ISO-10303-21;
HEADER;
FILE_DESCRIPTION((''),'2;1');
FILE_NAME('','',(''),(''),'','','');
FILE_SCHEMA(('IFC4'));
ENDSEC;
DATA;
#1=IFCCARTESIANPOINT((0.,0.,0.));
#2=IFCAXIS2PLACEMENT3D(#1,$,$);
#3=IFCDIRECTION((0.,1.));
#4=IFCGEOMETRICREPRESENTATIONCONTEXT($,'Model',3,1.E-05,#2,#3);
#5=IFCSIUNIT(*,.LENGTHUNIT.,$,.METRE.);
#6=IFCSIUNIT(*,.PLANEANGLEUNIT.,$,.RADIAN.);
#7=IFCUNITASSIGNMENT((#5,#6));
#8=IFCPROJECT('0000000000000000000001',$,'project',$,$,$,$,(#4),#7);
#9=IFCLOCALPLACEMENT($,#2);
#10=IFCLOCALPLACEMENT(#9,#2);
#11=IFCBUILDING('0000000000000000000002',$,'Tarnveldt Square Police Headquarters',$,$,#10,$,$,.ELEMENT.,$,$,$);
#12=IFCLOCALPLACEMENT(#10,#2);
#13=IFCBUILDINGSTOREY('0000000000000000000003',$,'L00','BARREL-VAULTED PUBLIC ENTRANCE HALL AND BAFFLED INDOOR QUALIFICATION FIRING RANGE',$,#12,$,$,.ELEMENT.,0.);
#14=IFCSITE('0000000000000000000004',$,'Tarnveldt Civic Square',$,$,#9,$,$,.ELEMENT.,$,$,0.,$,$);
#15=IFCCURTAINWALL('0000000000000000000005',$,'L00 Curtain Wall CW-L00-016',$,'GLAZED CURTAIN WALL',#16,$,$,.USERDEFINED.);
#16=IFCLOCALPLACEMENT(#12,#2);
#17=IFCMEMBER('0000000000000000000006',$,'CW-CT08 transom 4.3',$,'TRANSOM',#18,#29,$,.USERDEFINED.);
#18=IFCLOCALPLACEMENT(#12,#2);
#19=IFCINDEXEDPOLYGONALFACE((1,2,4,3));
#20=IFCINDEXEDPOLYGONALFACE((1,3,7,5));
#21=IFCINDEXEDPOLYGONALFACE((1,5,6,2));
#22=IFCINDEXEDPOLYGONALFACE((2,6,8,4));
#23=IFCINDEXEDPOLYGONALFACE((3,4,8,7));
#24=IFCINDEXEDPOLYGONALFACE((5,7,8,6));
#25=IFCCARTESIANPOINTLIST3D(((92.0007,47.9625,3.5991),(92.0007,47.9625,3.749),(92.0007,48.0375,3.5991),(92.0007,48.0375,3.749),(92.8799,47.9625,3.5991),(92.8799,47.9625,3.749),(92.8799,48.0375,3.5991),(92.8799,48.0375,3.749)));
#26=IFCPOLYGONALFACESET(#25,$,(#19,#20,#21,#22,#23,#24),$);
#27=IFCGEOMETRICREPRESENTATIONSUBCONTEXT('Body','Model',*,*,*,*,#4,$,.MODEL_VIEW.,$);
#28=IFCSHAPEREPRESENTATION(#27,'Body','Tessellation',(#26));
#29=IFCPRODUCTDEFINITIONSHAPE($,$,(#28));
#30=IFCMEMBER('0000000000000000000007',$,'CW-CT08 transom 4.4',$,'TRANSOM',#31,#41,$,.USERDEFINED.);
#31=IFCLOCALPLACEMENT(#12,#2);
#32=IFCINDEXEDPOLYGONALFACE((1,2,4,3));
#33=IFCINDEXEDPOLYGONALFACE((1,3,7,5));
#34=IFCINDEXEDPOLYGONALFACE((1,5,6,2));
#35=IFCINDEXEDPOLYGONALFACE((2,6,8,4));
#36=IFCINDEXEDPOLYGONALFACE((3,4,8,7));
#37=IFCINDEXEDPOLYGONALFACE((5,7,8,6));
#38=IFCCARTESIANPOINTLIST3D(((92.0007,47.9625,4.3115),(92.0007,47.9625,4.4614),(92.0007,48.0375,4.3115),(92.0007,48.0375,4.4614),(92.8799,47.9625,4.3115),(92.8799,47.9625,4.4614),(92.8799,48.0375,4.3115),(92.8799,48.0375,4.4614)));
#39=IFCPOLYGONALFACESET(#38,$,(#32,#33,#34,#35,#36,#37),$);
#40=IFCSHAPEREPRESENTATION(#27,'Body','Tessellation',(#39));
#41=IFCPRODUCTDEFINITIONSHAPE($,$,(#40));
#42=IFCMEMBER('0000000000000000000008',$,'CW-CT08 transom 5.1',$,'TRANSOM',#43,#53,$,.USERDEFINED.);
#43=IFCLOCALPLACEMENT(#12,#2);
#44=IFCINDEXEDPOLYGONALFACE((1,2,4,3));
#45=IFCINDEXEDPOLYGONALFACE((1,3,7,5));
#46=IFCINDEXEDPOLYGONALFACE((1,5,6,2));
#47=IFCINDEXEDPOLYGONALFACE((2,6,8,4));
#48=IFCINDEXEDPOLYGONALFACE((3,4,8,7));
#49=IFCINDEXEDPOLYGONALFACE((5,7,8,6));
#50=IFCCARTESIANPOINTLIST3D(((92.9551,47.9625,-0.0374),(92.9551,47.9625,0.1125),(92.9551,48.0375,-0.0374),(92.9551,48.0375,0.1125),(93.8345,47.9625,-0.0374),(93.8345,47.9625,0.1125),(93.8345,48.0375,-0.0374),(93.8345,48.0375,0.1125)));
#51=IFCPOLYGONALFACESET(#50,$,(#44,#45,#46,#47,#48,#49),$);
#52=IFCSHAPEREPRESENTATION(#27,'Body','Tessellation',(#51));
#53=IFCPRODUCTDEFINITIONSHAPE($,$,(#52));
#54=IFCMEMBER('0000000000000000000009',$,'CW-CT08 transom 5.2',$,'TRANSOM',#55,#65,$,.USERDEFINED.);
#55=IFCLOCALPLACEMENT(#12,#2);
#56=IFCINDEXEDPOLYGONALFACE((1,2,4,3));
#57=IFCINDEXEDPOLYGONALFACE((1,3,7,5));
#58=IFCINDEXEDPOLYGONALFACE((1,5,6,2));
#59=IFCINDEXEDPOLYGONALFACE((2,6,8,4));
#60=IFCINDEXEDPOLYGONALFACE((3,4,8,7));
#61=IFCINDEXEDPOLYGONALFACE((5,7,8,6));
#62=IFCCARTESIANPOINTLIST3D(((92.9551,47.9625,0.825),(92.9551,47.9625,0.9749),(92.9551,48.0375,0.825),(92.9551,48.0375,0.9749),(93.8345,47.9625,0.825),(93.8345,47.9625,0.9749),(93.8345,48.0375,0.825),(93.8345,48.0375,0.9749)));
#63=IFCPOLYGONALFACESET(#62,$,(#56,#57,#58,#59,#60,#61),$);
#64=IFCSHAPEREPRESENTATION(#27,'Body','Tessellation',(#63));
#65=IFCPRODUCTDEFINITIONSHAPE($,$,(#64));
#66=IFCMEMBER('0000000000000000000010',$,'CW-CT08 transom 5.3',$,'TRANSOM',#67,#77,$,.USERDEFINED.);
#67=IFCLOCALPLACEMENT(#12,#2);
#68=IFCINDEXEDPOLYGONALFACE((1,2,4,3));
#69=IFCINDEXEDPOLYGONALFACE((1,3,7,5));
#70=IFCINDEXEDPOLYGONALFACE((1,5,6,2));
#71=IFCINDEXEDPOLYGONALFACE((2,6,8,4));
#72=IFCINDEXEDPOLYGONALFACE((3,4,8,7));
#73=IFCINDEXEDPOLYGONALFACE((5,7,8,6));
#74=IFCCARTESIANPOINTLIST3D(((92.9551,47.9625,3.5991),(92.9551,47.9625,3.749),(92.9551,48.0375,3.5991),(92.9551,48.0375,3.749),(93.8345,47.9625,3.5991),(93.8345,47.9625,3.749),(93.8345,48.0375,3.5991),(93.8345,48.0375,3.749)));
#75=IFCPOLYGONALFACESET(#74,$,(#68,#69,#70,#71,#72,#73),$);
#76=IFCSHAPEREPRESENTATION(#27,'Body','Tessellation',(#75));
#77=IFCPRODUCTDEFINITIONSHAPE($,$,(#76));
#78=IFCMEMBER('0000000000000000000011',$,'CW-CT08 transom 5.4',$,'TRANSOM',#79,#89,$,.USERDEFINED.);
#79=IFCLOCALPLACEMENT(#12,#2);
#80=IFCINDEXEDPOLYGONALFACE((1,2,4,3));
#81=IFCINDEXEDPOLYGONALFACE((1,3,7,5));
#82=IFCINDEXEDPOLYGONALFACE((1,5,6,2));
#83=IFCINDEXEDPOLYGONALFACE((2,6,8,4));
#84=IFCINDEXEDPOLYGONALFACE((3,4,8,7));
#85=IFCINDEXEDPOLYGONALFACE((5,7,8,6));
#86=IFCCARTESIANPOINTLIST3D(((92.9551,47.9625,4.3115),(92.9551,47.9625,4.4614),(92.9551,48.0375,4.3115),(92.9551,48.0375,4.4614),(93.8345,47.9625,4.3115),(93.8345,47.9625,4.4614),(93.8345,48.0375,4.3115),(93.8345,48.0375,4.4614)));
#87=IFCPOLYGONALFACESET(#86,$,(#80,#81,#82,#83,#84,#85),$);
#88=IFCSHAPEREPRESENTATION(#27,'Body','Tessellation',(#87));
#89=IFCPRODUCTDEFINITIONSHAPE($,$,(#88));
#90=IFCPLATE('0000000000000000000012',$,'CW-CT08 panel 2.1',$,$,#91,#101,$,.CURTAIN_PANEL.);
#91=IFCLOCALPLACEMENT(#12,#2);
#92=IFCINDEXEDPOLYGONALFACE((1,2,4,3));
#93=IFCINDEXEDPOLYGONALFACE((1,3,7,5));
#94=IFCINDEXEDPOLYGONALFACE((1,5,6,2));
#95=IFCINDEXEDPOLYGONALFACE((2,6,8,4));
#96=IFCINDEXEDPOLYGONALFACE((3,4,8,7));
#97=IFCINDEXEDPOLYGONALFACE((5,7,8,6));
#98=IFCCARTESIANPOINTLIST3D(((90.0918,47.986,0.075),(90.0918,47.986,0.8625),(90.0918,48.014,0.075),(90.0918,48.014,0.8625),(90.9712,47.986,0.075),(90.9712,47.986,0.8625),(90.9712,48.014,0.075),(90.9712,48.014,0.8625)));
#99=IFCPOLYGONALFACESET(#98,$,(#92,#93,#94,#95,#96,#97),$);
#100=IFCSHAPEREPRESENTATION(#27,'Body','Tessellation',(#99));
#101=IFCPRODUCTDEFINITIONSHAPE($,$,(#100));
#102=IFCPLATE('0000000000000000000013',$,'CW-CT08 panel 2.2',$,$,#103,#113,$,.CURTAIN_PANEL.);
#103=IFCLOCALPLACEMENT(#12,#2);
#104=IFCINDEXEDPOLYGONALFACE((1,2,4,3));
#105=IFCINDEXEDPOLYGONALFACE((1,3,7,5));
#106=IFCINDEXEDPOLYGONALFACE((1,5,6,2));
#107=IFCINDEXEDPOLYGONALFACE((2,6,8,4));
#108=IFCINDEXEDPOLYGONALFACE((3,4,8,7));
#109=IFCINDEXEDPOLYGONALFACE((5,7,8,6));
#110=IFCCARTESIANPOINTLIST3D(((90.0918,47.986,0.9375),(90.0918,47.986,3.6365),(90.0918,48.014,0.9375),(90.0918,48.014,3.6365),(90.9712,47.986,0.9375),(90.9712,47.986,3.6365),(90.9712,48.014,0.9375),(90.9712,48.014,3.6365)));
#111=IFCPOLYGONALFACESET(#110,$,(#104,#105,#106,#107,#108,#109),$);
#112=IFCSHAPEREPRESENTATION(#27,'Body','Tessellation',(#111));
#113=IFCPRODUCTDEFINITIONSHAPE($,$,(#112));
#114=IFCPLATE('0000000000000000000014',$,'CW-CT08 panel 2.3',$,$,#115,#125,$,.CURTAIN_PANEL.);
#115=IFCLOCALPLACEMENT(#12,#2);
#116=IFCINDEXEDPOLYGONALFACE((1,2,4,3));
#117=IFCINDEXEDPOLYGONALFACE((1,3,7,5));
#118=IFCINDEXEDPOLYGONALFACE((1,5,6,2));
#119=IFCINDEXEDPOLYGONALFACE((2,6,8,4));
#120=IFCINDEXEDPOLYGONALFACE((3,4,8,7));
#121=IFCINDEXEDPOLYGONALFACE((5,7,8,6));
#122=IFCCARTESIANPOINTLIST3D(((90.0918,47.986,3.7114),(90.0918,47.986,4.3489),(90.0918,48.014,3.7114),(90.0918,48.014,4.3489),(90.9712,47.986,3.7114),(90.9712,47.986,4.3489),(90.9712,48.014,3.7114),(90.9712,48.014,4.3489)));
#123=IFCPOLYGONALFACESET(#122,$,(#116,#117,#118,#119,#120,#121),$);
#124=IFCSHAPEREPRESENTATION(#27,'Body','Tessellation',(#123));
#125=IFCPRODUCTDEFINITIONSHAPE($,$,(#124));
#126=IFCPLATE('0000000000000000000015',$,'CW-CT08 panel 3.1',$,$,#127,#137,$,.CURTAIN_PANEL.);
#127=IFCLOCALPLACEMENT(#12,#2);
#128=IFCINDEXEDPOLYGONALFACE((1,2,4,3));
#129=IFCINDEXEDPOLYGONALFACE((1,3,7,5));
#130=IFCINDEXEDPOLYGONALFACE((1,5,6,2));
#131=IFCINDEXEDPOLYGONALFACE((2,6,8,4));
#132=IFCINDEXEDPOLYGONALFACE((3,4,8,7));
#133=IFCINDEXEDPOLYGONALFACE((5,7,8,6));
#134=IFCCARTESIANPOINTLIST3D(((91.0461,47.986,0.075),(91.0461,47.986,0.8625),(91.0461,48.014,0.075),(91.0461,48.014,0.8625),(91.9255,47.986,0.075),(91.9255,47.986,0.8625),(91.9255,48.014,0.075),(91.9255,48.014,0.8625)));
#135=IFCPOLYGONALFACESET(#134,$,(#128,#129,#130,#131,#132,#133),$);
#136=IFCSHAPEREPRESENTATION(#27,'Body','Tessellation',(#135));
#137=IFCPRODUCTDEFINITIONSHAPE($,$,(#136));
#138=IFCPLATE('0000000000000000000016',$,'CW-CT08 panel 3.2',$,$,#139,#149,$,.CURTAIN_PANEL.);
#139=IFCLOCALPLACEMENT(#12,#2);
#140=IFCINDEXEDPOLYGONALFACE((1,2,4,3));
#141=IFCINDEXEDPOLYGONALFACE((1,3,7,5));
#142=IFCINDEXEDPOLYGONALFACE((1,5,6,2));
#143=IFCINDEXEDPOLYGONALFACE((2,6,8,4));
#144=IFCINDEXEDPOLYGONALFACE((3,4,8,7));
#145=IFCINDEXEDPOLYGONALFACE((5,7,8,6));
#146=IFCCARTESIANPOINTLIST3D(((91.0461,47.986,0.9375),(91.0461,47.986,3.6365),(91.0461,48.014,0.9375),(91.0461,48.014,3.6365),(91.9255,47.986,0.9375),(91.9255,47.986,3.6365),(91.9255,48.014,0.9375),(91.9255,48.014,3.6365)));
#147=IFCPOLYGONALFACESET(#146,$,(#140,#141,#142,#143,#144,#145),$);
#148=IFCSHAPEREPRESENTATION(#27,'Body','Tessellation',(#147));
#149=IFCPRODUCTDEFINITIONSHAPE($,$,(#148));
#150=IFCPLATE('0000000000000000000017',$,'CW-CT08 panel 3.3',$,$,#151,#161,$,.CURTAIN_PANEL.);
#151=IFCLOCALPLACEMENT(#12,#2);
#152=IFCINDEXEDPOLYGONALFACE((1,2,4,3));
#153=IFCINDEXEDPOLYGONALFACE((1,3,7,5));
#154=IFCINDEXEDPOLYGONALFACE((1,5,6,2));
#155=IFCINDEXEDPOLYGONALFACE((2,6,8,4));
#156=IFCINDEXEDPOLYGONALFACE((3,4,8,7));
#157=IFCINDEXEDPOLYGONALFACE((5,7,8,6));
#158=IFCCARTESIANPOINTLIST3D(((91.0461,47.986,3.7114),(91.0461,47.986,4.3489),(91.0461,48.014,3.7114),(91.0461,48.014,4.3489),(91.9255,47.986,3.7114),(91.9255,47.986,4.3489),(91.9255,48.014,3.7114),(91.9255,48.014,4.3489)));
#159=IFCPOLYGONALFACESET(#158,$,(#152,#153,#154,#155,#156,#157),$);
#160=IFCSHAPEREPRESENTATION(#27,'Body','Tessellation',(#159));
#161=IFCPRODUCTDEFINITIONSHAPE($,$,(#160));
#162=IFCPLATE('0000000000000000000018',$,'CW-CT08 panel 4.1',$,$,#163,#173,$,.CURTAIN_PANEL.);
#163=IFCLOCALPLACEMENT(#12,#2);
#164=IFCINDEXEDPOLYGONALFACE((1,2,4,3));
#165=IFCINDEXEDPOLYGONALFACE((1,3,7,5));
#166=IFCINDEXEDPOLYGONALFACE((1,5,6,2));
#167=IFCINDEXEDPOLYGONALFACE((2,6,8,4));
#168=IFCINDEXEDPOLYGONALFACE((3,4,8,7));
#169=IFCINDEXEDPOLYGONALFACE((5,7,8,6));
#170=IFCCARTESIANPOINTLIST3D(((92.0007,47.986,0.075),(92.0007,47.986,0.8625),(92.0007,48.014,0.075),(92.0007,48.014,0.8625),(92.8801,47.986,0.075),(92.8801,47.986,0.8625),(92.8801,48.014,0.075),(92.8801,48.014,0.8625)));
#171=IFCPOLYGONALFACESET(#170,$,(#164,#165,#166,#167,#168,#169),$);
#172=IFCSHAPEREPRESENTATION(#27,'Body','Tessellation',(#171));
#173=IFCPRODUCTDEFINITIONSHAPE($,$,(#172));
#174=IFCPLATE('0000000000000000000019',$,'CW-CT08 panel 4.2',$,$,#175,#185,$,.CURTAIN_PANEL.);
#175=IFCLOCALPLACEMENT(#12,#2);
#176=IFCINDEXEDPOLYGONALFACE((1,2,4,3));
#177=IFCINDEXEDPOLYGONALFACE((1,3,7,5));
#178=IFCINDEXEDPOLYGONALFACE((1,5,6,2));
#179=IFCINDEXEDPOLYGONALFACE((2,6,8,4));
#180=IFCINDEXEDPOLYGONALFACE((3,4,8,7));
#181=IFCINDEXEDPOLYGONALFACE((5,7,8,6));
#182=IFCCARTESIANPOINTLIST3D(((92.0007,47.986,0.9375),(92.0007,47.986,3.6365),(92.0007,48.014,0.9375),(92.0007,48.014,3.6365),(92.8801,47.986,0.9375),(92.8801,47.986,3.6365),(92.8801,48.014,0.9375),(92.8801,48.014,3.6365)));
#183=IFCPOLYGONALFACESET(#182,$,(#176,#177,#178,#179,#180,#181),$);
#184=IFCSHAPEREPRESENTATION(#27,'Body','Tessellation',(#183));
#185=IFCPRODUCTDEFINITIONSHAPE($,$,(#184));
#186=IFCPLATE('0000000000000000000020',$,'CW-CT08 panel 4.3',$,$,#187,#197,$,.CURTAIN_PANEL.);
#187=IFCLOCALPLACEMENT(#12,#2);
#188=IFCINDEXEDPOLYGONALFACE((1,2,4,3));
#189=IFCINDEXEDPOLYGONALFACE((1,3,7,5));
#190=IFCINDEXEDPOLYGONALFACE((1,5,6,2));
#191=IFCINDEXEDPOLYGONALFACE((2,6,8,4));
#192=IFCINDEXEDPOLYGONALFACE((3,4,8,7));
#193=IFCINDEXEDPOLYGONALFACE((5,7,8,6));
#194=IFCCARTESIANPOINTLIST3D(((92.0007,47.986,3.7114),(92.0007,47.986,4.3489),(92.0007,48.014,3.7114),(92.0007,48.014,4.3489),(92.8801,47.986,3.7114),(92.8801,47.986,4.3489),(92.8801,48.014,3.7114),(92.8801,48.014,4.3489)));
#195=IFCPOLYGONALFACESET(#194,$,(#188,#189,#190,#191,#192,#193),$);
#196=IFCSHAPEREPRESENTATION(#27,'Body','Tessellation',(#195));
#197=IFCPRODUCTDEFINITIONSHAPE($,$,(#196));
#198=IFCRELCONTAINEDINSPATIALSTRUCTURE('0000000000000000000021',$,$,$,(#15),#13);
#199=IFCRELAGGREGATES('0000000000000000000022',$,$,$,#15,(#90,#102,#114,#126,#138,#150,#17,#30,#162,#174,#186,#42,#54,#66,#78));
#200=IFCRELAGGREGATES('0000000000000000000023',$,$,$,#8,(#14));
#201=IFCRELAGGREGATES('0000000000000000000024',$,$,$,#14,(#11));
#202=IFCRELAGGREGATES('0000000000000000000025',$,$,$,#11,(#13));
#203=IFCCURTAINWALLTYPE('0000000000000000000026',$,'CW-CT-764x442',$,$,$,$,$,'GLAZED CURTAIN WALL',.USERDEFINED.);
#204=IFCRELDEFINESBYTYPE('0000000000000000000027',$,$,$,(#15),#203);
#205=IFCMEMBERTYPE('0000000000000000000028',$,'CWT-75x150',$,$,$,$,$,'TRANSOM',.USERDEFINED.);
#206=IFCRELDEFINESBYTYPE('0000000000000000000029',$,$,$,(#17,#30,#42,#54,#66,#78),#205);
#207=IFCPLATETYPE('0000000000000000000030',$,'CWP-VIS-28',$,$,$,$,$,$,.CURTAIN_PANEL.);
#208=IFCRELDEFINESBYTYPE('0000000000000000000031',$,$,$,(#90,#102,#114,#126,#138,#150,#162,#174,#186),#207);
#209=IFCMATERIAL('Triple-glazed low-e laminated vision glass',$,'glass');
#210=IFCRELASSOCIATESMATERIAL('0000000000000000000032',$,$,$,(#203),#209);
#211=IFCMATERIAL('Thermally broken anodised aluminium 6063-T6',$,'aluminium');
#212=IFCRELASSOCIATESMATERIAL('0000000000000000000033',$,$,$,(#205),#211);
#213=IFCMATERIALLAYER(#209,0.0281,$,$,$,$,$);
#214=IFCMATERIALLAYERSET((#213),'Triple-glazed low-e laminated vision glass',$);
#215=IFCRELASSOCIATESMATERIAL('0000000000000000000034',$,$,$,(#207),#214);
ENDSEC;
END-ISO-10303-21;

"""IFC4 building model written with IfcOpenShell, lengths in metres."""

from ifc_helpers import new_model, si_unit, direction, frame, origin, origin_2d, place, context, subcontext, project, spatial, rectangle, extrude, material, layer, layer_set, material_profile, profile_set, type_object, element, aggregate, save


model = new_model("IFC4")

# Units and contexts
model_context = context("Model", 3, precision=1e-05, world=origin(), true_north=direction((0.0, 1.0)))
body_context = subcontext(model_context, "Body", "Model", "MODEL_VIEW")
ifc_project = project(units=[si_unit("LENGTHUNIT", "METRE"), si_unit("PLANEANGLEUNIT", "RADIAN")], contexts=[model_context])

# Site, building, storey
site_placement = place(None, origin())
site = spatial("IfcSite", under=ifc_project, at=site_placement, Name="Tarnveldt Civic Square", CompositionType="ELEMENT", RefElevation=0.0)
building_placement = place(site_placement, origin())
building = spatial("IfcBuilding", under=site, at=building_placement, Name="Tarnveldt Square Police Headquarters", CompositionType="ELEMENT")
storey_placement = place(building_placement, origin())
storey = spatial("IfcBuildingStorey", under=building, at=storey_placement, Name="L00", Description="BARREL-VAULTED PUBLIC ENTRANCE HALL AND BAFFLED INDOOR QUALIFICATION FIRING RANGE", CompositionType="ELEMENT", Elevation=0.0)

# Curtain wall, members, plates
ifc_material_1 = material(Name="Triple-glazed low-e laminated vision glass", Category="glass")
curtain_wall_type = type_object("IfcCurtainWallType", Name="CW-CT-764x442", ElementType="GLAZED CURTAIN WALL", PredefinedType="USERDEFINED", material=ifc_material_1)
curtain_wall_placement = place(storey_placement, origin())
curtain_wall = element("IfcCurtainWall", 1, at=curtain_wall_placement, inside=storey, type_object=curtain_wall_type, Name="L00 Curtain Wall CW-L00-016", ObjectType="GLAZED CURTAIN WALL", PredefinedType="USERDEFINED")
ifc_material_2 = material(Name="Thermally broken anodised aluminium 6063-T6", Category="aluminium")
ifc_material_profile_1 = material_profile(ifc_material_2, rectangle(XDim=0.075, YDim=0.1499, at=origin_2d()), Name="CW-T75x150")
ifc_profile_set_1 = profile_set([ifc_material_profile_1], Name="Thermally broken anodised aluminium 6063-T6")
member_type_1 = type_object("IfcMemberType", Name="CWT-75x150", ElementType="TRANSOM", PredefinedType="USERDEFINED", material=ifc_profile_set_1)
member_1_placement = place(storey_placement, frame((92.0007, 48.0, 3.6741), z_axis=(1.0, 0.0, 0.0), x_axis=(0.0, 1.0, 0.0)))
member_1 = element("IfcMember", 2, at=member_1_placement, type_object=member_type_1, Name="CW-CT08 transom 4.3", ObjectType="TRANSOM", PredefinedType="USERDEFINED", context=body_context, shape_type="SweptSolid", body=[
    extrude(rectangle(XDim=0.075, YDim=0.1499, at=origin_2d()), origin(), (0.0, 0.0, 1.0), 0.8792),
])
member_2_placement = place(storey_placement, frame((92.0007, 48.0, 4.3865), z_axis=(1.0, 0.0, 0.0), x_axis=(0.0, 1.0, 0.0)))
member_2 = element("IfcMember", 3, at=member_2_placement, type_object=member_type_1, Name="CW-CT08 transom 4.4", ObjectType="TRANSOM", PredefinedType="USERDEFINED", context=body_context, shape_type="SweptSolid", body=[
    extrude(rectangle(XDim=0.075, YDim=0.1499, at=origin_2d()), origin(), (0.0, 0.0, 1.0), 0.8792),
])
member_3_placement = place(storey_placement, frame((92.9551, 48.0, 0.0376), z_axis=(1.0, 0.0, 0.0), x_axis=(0.0, 1.0, 0.0)))
member_3 = element("IfcMember", 4, at=member_3_placement, type_object=member_type_1, Name="CW-CT08 transom 5.1", ObjectType="TRANSOM", PredefinedType="USERDEFINED", context=body_context, shape_type="SweptSolid", body=[
    extrude(rectangle(XDim=0.075, YDim=0.1499, at=origin_2d()), origin(), (0.0, 0.0, 1.0), 0.8794),
])
member_4_placement = place(storey_placement, frame((92.9551, 48.0, 0.8999), z_axis=(1.0, 0.0, 0.0), x_axis=(0.0, 1.0, 0.0)))
member_4 = element("IfcMember", 5, at=member_4_placement, type_object=member_type_1, Name="CW-CT08 transom 5.2", ObjectType="TRANSOM", PredefinedType="USERDEFINED", context=body_context, shape_type="SweptSolid", body=[
    extrude(rectangle(XDim=0.075, YDim=0.1499, at=origin_2d()), origin(), (0.0, 0.0, 1.0), 0.8794),
])
member_5_placement = place(storey_placement, frame((92.9551, 48.0, 3.6741), z_axis=(1.0, 0.0, 0.0), x_axis=(0.0, 1.0, 0.0)))
member_5 = element("IfcMember", 6, at=member_5_placement, type_object=member_type_1, Name="CW-CT08 transom 5.3", ObjectType="TRANSOM", PredefinedType="USERDEFINED", context=body_context, shape_type="SweptSolid", body=[
    extrude(rectangle(XDim=0.075, YDim=0.1499, at=origin_2d()), origin(), (0.0, 0.0, 1.0), 0.8794),
])
member_6_placement = place(storey_placement, frame((92.9551, 48.0, 4.3865), z_axis=(1.0, 0.0, 0.0), x_axis=(0.0, 1.0, 0.0)))
member_6 = element("IfcMember", 7, at=member_6_placement, type_object=member_type_1, Name="CW-CT08 transom 5.4", ObjectType="TRANSOM", PredefinedType="USERDEFINED", context=body_context, shape_type="SweptSolid", body=[
    extrude(rectangle(XDim=0.075, YDim=0.1499, at=origin_2d()), origin(), (0.0, 0.0, 1.0), 0.8794),
])
ifc_layer = layer(ifc_material_1, 0.0281)
ifc_layer_set = layer_set([ifc_layer], Name="Triple-glazed low-e laminated vision glass")
plate_type = type_object("IfcPlateType", Name="CWP-VIS-28", PredefinedType="CURTAIN_PANEL", material=ifc_layer_set)
plate_1_placement = place(storey_placement, frame((90.5315, 48.0, 0.075), z_axis=(0.0, 0.0, 1.0), x_axis=(1.0, 0.0, 0.0)))
plate_1 = element("IfcPlate", 8, at=plate_1_placement, type_object=plate_type, Name="CW-CT08 panel 2.1", PredefinedType="CURTAIN_PANEL", context=body_context, shape_type="SweptSolid", body=[
    extrude(rectangle(XDim=0.8794, YDim=0.0281, at=origin_2d()), origin(), (0.0, 0.0, 1.0), 0.7876),
])
plate_2_placement = place(storey_placement, frame((90.5315, 48.0, 0.9375), z_axis=(0.0, 0.0, 1.0), x_axis=(1.0, 0.0, 0.0)))
plate_2 = element("IfcPlate", 9, at=plate_2_placement, type_object=plate_type, Name="CW-CT08 panel 2.2", PredefinedType="CURTAIN_PANEL", context=body_context, shape_type="SweptSolid", body=[
    extrude(rectangle(XDim=0.8794, YDim=0.0281, at=origin_2d()), origin(), (0.0, 0.0, 1.0), 2.699),
])
plate_3_placement = place(storey_placement, frame((90.5315, 48.0, 3.7114), z_axis=(0.0, 0.0, 1.0), x_axis=(1.0, 0.0, 0.0)))
plate_3 = element("IfcPlate", 10, at=plate_3_placement, type_object=plate_type, Name="CW-CT08 panel 2.3", PredefinedType="CURTAIN_PANEL", context=body_context, shape_type="SweptSolid", body=[
    extrude(rectangle(XDim=0.8794, YDim=0.0281, at=origin_2d()), origin(), (0.0, 0.0, 1.0), 0.6375),
])
plate_4_placement = place(storey_placement, frame((91.4858, 48.0, 0.075), z_axis=(0.0, 0.0, 1.0), x_axis=(1.0, 0.0, 0.0)))
plate_4 = element("IfcPlate", 11, at=plate_4_placement, type_object=plate_type, Name="CW-CT08 panel 3.1", PredefinedType="CURTAIN_PANEL", context=body_context, shape_type="SweptSolid", body=[
    extrude(rectangle(XDim=0.8794, YDim=0.0281, at=origin_2d()), origin(), (0.0, 0.0, 1.0), 0.7876),
])
plate_5_placement = place(storey_placement, frame((91.4858, 48.0, 0.9375), z_axis=(0.0, 0.0, 1.0), x_axis=(1.0, 0.0, 0.0)))
plate_5 = element("IfcPlate", 12, at=plate_5_placement, type_object=plate_type, Name="CW-CT08 panel 3.2", PredefinedType="CURTAIN_PANEL", context=body_context, shape_type="SweptSolid", body=[
    extrude(rectangle(XDim=0.8794, YDim=0.0281, at=origin_2d()), origin(), (0.0, 0.0, 1.0), 2.699),
])
plate_6_placement = place(storey_placement, frame((91.4858, 48.0, 3.7114), z_axis=(0.0, 0.0, 1.0), x_axis=(1.0, 0.0, 0.0)))
plate_6 = element("IfcPlate", 13, at=plate_6_placement, type_object=plate_type, Name="CW-CT08 panel 3.3", PredefinedType="CURTAIN_PANEL", context=body_context, shape_type="SweptSolid", body=[
    extrude(rectangle(XDim=0.8794, YDim=0.0281, at=origin_2d()), origin(), (0.0, 0.0, 1.0), 0.6375),
])
plate_7_placement = place(storey_placement, frame((92.4404, 48.0, 0.075), z_axis=(0.0, 0.0, 1.0), x_axis=(1.0, 0.0, 0.0)))
plate_7 = element("IfcPlate", 14, at=plate_7_placement, type_object=plate_type, Name="CW-CT08 panel 4.1", PredefinedType="CURTAIN_PANEL", context=body_context, shape_type="SweptSolid", body=[
    extrude(rectangle(XDim=0.8794, YDim=0.0281, at=origin_2d()), origin(), (0.0, 0.0, 1.0), 0.7876),
])
plate_8_placement = place(storey_placement, frame((92.4404, 48.0, 0.9375), z_axis=(0.0, 0.0, 1.0), x_axis=(1.0, 0.0, 0.0)))
plate_8 = element("IfcPlate", 15, at=plate_8_placement, type_object=plate_type, Name="CW-CT08 panel 4.2", PredefinedType="CURTAIN_PANEL", context=body_context, shape_type="SweptSolid", body=[
    extrude(rectangle(XDim=0.8794, YDim=0.0281, at=origin_2d()), origin(), (0.0, 0.0, 1.0), 2.699),
])
plate_9_placement = place(storey_placement, frame((92.4404, 48.0, 3.7114), z_axis=(0.0, 0.0, 1.0), x_axis=(1.0, 0.0, 0.0)))
plate_9 = element("IfcPlate", 16, at=plate_9_placement, type_object=plate_type, Name="CW-CT08 panel 4.3", PredefinedType="CURTAIN_PANEL", context=body_context, shape_type="SweptSolid", body=[
    extrude(rectangle(XDim=0.8794, YDim=0.0281, at=origin_2d()), origin(), (0.0, 0.0, 1.0), 0.6375),
])
aggregate(curtain_wall, [plate_1, plate_2, plate_3, plate_4, plate_5, plate_6, member_1, member_2, plate_7, plate_8, plate_9, member_3, member_4, member_5, member_6])

save(model, "model.ifc")
